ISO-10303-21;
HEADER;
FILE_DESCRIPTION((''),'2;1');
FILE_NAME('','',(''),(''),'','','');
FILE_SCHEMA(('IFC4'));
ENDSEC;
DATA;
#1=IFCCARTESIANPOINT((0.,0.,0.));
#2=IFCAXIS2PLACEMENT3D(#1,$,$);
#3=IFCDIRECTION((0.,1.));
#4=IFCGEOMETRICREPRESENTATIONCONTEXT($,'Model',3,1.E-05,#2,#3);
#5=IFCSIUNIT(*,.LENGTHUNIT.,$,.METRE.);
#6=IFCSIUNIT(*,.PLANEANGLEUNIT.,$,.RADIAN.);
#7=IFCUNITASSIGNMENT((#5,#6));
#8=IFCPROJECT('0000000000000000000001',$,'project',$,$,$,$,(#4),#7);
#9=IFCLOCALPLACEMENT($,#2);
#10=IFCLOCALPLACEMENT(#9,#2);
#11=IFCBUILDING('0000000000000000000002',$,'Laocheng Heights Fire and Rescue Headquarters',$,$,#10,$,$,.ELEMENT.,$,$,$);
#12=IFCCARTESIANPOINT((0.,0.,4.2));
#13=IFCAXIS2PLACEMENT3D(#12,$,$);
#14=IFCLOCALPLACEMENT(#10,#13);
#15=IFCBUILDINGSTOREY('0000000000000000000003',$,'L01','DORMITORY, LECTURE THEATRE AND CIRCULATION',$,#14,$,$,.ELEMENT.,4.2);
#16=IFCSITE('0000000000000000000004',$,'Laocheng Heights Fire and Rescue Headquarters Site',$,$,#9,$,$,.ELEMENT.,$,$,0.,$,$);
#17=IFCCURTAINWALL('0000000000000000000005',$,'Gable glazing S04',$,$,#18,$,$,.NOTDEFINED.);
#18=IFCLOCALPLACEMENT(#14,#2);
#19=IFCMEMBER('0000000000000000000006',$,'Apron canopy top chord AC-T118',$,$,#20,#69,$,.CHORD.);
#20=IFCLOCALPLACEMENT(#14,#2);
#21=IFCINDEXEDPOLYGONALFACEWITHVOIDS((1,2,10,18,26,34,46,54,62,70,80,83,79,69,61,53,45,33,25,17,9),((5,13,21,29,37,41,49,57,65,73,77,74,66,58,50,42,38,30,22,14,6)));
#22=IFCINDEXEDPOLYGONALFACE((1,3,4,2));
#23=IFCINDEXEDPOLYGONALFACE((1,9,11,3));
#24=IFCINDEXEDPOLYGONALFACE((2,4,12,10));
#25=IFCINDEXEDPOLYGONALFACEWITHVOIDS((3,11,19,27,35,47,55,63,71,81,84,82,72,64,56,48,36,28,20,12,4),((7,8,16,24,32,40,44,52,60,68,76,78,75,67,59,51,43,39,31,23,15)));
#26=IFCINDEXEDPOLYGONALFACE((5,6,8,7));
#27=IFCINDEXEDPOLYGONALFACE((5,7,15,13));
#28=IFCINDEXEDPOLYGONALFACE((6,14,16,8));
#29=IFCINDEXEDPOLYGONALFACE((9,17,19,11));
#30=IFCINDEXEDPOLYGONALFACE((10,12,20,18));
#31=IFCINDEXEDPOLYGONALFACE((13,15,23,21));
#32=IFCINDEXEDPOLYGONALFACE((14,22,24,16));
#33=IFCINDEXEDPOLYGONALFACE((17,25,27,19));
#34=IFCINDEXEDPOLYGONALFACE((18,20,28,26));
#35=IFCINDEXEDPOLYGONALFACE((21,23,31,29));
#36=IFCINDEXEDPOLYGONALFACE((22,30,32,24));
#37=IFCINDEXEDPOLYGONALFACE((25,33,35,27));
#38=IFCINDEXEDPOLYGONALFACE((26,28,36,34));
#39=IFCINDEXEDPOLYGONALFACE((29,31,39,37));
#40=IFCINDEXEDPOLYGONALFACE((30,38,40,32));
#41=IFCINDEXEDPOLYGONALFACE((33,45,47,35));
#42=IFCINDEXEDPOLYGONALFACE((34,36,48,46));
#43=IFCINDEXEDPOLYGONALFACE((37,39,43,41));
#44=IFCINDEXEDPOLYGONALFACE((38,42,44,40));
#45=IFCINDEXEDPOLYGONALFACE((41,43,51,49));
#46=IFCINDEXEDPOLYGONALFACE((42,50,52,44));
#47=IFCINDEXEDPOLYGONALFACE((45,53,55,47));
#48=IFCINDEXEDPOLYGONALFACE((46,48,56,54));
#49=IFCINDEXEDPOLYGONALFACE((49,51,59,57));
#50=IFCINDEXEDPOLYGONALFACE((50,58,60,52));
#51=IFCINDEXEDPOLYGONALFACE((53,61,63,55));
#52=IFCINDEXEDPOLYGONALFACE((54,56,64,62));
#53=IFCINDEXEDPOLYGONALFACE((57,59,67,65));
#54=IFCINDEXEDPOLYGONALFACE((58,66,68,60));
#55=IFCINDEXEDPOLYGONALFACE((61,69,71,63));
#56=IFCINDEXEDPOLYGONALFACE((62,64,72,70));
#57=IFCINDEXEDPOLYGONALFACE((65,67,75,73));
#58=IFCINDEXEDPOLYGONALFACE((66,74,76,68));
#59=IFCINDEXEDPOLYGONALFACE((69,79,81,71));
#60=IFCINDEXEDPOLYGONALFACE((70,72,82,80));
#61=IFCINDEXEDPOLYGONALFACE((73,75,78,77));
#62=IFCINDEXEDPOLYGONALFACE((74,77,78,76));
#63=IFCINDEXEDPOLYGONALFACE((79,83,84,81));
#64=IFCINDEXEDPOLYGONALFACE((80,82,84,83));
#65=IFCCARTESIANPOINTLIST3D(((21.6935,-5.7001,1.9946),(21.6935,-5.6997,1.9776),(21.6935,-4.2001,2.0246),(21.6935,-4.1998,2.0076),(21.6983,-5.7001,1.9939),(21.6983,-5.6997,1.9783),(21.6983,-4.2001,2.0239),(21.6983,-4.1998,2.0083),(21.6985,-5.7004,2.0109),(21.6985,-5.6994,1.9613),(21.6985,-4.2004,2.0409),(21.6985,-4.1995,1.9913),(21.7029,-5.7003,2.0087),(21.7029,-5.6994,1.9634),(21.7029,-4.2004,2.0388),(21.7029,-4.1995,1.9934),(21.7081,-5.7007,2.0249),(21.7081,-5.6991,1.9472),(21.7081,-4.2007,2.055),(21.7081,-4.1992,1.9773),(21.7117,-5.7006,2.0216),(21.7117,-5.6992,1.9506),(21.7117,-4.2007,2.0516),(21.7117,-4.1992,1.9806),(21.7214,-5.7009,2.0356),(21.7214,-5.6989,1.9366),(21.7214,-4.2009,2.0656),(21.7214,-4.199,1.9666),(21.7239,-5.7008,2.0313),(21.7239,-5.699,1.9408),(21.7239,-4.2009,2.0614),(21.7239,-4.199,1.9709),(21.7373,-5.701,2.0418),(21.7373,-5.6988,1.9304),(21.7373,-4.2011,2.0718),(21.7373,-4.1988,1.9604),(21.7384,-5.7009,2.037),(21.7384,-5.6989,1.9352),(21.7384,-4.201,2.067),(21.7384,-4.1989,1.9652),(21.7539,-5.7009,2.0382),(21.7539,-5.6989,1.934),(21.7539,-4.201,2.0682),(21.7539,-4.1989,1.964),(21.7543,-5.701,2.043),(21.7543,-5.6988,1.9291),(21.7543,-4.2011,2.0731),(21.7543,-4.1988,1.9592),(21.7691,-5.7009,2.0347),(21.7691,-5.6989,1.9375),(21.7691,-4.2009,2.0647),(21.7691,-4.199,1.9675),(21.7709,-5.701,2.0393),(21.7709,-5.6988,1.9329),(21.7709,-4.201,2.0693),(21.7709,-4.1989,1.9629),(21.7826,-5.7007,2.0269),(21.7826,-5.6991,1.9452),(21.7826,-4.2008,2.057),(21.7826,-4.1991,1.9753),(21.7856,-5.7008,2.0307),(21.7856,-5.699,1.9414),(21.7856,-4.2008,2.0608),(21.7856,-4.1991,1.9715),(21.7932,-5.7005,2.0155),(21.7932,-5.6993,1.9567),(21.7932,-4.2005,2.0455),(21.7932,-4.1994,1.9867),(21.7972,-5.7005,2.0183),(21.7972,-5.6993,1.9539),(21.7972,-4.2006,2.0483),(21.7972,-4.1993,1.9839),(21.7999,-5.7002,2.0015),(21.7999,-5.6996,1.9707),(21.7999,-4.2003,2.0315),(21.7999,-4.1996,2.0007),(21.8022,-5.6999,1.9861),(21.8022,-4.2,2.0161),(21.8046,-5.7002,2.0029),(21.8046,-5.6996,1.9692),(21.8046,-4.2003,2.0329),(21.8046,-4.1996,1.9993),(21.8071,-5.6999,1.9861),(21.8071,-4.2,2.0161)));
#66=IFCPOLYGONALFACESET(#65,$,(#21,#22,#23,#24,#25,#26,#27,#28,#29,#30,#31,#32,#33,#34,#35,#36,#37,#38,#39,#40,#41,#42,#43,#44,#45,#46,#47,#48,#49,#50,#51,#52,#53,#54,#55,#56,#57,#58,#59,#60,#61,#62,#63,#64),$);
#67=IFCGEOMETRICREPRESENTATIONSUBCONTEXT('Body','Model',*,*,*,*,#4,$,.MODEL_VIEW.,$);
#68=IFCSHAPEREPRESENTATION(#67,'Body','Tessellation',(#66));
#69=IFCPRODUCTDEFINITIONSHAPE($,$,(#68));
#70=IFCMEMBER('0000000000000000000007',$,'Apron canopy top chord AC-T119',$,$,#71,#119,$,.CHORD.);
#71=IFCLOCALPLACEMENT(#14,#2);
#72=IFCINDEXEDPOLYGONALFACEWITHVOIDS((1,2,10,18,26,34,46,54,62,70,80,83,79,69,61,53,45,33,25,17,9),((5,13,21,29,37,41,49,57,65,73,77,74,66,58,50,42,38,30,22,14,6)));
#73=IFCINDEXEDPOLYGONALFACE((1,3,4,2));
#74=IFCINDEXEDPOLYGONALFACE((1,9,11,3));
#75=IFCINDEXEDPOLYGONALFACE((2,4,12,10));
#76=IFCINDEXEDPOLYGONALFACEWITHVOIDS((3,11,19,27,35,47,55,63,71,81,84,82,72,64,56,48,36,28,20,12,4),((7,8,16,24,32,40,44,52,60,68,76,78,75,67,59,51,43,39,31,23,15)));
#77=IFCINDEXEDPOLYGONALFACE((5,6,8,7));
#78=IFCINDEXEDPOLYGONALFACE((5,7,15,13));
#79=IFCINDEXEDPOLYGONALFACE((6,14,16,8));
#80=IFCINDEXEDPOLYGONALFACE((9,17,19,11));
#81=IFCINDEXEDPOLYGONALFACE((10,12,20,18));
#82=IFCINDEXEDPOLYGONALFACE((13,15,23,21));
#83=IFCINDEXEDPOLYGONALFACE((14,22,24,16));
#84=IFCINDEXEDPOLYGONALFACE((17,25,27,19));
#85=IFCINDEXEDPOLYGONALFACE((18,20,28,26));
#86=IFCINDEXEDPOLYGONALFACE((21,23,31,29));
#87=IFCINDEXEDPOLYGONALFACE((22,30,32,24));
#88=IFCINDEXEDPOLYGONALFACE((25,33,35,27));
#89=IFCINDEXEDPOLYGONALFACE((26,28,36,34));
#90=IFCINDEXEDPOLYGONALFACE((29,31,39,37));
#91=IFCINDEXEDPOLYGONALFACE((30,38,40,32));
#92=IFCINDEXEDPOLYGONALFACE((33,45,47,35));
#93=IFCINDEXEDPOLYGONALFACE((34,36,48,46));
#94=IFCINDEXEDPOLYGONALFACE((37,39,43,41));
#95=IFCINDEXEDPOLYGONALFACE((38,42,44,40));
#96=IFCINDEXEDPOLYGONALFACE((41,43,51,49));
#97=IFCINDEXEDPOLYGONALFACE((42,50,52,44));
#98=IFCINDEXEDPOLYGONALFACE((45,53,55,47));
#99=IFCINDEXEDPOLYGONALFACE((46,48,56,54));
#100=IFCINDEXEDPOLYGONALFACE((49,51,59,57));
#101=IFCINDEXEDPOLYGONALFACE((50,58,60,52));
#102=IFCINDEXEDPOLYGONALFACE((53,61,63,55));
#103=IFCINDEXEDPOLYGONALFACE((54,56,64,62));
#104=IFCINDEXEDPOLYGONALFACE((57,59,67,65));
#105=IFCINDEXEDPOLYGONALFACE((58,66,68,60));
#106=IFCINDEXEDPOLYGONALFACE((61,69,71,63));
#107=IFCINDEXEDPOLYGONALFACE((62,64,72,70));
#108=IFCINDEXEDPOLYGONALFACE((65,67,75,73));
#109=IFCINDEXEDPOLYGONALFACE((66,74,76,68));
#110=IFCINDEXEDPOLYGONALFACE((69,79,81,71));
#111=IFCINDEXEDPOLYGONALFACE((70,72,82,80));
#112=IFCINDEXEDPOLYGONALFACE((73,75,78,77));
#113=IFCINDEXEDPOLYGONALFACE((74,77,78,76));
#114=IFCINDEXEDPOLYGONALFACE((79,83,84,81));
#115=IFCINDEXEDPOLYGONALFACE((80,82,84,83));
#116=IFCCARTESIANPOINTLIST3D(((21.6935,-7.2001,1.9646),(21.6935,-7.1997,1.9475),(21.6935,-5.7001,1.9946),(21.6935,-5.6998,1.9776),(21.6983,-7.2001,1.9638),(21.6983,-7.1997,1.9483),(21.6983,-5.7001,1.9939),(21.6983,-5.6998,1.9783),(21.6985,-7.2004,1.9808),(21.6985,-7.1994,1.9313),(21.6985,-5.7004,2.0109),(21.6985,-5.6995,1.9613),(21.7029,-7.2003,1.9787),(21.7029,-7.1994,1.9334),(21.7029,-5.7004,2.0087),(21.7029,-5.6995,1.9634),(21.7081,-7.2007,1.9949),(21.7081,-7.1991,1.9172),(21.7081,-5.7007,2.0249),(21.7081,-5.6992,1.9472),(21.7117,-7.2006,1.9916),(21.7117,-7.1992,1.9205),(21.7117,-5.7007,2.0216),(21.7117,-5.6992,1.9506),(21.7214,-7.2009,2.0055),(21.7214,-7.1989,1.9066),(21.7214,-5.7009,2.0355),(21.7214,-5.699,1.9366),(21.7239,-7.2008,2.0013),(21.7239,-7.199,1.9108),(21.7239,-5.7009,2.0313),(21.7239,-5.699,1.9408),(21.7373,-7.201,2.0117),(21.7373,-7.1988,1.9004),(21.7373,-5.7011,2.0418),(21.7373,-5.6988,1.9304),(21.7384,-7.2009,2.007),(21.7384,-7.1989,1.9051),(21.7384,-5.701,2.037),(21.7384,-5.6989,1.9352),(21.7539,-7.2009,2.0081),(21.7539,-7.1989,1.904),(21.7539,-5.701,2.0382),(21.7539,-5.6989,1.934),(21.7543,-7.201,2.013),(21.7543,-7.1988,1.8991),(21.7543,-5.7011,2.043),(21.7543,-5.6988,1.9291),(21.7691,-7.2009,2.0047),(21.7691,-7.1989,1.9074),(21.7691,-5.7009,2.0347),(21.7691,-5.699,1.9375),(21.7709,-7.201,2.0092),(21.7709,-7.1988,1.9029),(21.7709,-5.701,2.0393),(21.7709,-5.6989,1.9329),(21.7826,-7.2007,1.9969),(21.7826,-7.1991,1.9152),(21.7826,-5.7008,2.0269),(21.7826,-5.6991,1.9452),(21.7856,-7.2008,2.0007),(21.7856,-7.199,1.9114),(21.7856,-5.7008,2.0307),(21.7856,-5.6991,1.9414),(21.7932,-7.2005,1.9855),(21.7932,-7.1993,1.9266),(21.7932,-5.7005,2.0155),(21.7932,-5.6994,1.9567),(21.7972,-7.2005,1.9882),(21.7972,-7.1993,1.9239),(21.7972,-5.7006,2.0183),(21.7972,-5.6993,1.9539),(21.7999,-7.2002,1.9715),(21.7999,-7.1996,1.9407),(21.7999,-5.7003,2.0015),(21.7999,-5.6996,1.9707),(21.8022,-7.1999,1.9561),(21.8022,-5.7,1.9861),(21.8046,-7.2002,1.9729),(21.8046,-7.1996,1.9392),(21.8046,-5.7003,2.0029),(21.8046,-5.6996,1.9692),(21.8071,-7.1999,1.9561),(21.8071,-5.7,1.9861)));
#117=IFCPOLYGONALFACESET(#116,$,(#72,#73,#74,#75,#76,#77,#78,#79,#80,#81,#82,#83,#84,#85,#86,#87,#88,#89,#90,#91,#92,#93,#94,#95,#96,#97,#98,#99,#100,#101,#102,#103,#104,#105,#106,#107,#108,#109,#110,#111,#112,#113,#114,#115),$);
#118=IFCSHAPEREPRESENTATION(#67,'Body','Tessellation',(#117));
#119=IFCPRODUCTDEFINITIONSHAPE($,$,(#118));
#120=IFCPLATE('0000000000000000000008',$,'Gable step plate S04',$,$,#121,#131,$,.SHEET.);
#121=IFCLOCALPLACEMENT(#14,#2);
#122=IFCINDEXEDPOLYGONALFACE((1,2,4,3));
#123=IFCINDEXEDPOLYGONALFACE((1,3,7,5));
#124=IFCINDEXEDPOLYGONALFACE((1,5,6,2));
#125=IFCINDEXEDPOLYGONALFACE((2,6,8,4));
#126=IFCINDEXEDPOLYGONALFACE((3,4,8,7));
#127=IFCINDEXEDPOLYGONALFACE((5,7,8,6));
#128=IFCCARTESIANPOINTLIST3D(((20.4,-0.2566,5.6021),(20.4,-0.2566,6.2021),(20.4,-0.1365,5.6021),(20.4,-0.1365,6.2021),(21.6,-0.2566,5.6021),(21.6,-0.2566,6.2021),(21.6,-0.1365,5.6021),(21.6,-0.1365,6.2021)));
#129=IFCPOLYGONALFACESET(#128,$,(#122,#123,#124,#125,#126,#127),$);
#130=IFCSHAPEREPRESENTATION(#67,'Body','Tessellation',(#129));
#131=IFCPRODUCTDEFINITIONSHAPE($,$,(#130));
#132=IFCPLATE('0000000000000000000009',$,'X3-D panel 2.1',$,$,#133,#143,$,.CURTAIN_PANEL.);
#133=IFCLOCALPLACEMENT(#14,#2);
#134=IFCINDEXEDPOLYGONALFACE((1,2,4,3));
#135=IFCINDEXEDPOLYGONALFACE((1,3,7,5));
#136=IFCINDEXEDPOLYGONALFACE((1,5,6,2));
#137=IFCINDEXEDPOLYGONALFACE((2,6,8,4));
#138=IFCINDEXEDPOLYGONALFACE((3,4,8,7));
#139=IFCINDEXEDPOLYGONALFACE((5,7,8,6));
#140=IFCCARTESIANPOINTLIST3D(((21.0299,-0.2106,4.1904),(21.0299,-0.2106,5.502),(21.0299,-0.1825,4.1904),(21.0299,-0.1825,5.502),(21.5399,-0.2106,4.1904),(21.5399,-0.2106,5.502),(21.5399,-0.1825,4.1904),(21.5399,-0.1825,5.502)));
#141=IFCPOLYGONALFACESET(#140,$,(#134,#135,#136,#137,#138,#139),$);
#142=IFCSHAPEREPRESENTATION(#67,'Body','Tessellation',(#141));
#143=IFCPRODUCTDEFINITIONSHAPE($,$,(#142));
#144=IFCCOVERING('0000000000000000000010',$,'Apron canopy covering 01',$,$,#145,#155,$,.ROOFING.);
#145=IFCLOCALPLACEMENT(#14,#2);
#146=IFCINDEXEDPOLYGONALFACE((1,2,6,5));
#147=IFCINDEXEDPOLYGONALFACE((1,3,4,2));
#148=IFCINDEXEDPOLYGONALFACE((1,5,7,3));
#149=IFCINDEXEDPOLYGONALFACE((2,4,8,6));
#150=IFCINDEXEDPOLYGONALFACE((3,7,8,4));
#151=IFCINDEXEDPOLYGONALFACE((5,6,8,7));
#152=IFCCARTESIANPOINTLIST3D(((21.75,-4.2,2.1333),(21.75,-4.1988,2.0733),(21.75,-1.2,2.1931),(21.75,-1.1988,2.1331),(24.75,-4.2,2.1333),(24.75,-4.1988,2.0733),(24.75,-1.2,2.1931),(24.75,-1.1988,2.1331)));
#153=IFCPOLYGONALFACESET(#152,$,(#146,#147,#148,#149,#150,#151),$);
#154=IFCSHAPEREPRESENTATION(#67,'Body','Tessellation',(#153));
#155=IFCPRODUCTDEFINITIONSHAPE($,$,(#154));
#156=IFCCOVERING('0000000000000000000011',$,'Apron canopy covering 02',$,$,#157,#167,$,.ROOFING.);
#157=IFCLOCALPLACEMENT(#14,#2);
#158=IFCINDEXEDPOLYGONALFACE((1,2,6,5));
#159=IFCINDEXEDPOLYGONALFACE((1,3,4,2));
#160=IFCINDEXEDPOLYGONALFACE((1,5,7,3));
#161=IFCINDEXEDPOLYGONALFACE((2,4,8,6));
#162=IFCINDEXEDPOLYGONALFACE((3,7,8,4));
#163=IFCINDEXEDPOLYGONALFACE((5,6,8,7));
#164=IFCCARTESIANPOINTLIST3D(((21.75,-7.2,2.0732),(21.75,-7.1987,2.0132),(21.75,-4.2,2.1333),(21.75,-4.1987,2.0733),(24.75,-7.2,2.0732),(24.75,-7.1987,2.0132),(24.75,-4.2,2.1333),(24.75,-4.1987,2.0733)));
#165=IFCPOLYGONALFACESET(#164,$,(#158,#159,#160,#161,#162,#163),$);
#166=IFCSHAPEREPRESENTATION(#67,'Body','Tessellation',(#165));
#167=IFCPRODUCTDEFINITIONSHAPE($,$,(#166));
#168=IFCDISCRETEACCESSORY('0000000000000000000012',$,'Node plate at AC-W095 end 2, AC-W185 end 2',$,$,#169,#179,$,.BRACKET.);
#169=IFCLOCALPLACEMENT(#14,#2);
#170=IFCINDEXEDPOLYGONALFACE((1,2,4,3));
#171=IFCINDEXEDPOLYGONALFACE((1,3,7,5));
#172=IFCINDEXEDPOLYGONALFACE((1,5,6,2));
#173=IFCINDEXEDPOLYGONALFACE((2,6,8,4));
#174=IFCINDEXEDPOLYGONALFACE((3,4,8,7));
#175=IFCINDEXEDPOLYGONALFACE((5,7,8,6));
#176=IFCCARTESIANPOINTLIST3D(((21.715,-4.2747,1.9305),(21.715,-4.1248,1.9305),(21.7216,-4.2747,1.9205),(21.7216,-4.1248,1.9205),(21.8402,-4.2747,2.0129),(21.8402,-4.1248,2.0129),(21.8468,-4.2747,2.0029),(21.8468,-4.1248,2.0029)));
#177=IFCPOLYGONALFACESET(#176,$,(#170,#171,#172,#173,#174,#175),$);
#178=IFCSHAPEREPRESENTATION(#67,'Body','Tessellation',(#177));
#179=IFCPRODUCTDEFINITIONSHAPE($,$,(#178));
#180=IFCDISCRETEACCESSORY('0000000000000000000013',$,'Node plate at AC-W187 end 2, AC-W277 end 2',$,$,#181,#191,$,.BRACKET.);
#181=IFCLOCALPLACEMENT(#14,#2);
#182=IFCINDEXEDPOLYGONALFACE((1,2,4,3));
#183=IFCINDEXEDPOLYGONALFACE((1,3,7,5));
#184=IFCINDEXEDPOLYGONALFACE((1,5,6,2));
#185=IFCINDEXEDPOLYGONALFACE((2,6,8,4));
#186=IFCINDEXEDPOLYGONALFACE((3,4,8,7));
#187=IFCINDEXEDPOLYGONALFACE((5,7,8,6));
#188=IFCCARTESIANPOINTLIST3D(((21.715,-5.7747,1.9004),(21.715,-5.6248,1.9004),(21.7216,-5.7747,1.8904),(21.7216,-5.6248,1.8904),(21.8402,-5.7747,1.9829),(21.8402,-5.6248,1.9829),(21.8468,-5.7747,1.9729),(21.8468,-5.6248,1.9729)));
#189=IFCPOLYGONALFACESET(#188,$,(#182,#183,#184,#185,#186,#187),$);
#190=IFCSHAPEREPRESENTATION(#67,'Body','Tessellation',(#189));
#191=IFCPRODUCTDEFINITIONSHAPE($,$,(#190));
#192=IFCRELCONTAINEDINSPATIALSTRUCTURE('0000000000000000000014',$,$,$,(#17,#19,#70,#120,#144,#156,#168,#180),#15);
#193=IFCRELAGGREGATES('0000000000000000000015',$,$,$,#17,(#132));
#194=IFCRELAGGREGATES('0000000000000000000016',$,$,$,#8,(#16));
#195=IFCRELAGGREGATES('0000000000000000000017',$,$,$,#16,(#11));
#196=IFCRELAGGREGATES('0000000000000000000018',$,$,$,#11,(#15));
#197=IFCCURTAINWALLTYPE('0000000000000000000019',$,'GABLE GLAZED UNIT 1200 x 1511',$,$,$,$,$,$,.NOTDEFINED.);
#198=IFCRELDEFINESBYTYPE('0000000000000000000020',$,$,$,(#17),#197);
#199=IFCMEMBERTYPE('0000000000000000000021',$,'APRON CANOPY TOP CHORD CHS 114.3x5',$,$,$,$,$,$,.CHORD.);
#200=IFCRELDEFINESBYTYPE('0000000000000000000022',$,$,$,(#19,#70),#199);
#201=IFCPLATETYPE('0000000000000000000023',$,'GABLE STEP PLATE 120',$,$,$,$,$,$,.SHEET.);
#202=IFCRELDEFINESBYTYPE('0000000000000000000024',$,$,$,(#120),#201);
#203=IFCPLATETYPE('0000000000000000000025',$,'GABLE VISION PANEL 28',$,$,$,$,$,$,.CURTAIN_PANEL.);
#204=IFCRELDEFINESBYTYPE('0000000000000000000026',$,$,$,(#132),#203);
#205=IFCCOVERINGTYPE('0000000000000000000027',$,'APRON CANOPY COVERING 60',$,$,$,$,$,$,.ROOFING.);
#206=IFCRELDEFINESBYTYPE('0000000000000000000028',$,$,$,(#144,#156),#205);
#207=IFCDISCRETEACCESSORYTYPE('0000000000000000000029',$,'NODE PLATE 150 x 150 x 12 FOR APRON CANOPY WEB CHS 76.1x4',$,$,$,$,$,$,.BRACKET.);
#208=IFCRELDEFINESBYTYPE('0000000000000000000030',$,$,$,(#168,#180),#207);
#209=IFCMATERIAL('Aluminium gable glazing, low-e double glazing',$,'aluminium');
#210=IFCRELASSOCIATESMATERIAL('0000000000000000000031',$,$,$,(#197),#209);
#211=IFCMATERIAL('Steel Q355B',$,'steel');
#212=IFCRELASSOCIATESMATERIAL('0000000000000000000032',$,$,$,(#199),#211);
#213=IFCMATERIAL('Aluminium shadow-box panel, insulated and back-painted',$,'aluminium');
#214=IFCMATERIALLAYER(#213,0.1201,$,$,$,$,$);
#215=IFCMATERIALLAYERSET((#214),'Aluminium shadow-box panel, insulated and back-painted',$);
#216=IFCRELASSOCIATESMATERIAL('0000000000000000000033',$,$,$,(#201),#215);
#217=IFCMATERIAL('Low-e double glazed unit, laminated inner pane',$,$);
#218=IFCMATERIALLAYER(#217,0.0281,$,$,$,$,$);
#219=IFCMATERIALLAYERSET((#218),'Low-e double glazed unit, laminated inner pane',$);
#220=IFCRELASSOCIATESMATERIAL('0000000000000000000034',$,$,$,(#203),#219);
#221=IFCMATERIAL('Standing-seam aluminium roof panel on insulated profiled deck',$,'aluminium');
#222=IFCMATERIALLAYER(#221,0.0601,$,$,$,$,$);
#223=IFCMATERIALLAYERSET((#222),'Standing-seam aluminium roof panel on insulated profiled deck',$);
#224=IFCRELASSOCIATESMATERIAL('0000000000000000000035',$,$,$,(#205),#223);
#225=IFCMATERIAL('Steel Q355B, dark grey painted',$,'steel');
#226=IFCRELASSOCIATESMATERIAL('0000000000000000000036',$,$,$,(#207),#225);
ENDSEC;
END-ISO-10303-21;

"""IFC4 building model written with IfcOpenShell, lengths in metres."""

from ifc_helpers import new_model, si_unit, direction, frame, origin, origin_2d, place, context, subcontext, project, spatial, polyline, rectangle, hollow_circle, outline, extrude, material, layer, layer_set, material_profile, profile_set, type_object, element, aggregate, save


model = new_model("IFC4")

# Units and contexts
model_context = context("Model", 3, precision=1e-05, world=origin(), true_north=direction((0.0, 1.0)))
body_context = subcontext(model_context, "Body", "Model", "MODEL_VIEW")
ifc_project = project(units=[si_unit("LENGTHUNIT", "METRE"), si_unit("PLANEANGLEUNIT", "RADIAN")], contexts=[model_context])

# Site, building, storey
site_placement = place(None, origin())
site = spatial("IfcSite", under=ifc_project, at=site_placement, Name="Laocheng Heights Fire and Rescue Headquarters Site", CompositionType="ELEMENT", RefElevation=0.0)
building_placement = place(site_placement, origin())
building = spatial("IfcBuilding", under=site, at=building_placement, Name="Laocheng Heights Fire and Rescue Headquarters", CompositionType="ELEMENT")
storey_placement = place(building_placement, frame((0.0, 0.0, 4.2)))
storey = spatial("IfcBuildingStorey", under=building, at=storey_placement, Name="L01", Description="DORMITORY, LECTURE THEATRE AND CIRCULATION", CompositionType="ELEMENT", Elevation=4.2)

# Curtain wall
ifc_material_1 = material(Name="Aluminium gable glazing, low-e double glazing", Category="aluminium")
curtain_wall_type_1 = type_object("IfcCurtainWallType", Name="GABLE GLAZED UNIT 1200 x 1511", PredefinedType="NOTDEFINED", material=ifc_material_1)
curtain_wall_1_placement = place(storey_placement, origin())
curtain_wall_1 = element("IfcCurtainWall", 1, at=curtain_wall_1_placement, inside=storey, type_object=curtain_wall_type_1, Name="Gable glazing S04", PredefinedType="NOTDEFINED")

# Members
ifc_material_2 = material(Name="Steel Q355B", Category="steel")
ifc_material_profile_1 = material_profile(ifc_material_2, hollow_circle(Radius=0.0571, WallThickness=0.0049, at=origin_2d()), Name="CHS 114.3x5")
ifc_profile_set_1 = profile_set([ifc_material_profile_1], Name="Steel Q355B")
member_type_1 = type_object("IfcMemberType", Name="APRON CANOPY TOP CHORD CHS 114.3x5", PredefinedType="CHORD", material=ifc_profile_set_1)
for number, where, z_axis, x_axis, name in (
    (2, (21.75, -4.2, 2.0161), (0.0, -0.9998, -0.020016), (1.0, 0.0, 0.0), "Apron canopy top chord AC-T118"),
    (3, (21.75, -5.7, 1.9861), (0.0, -0.9998, -0.020016), (1.0, 0.0, 0.0), "Apron canopy top chord AC-T119"),
):
    element("IfcMember", number, at=place(storey_placement, frame(where, z_axis=z_axis, x_axis=x_axis)), inside=storey, type_object=member_type_1, Name=name, PredefinedType="CHORD", context=body_context, shape_type="SweptSolid", body=[
        extrude(hollow_circle(Radius=0.0571, WallThickness=0.0049, at=origin_2d()), origin(), (0.0, 0.0, 1.0), 1.5002),
    ])

# Plates
ifc_material_3 = material(Name="Aluminium shadow-box panel, insulated and back-painted", Category="aluminium")
ifc_layer_1 = layer(ifc_material_3, 0.1201)
ifc_layer_set_1 = layer_set([ifc_layer_1], Name="Aluminium shadow-box panel, insulated and back-painted")
plate_type_1 = type_object("IfcPlateType", Name="GABLE STEP PLATE 120", PredefinedType="SHEET", material=ifc_layer_set_1)
plate_1_placement = place(storey_placement, frame((21.0, -0.1965, 5.6021), z_axis=(0.0, 0.0, 1.0), x_axis=(1.0, 0.0, 0.0)))
element("IfcPlate", 4, at=plate_1_placement, inside=storey, type_object=plate_type_1, Name="Gable step plate S04", PredefinedType="SHEET", context=body_context, shape_type="SweptSolid", body=[
    extrude(rectangle(XDim=1.2, YDim=0.1201, at=origin_2d()), origin(), (0.0, 0.0, 1.0), 0.6001),
])
ifc_material_4 = material(Name="Low-e double glazed unit, laminated inner pane")
ifc_layer_2 = layer(ifc_material_4, 0.0281)
ifc_layer_set_2 = layer_set([ifc_layer_2], Name="Low-e double glazed unit, laminated inner pane")
plate_type_2 = type_object("IfcPlateType", Name="GABLE VISION PANEL 28", PredefinedType="CURTAIN_PANEL", material=ifc_layer_set_2)
plate_2_placement = place(storey_placement, frame((21.2849, -0.1965, 4.1904), z_axis=(0.0, 0.0, 1.0), x_axis=(1.0, 0.0, 0.0)))
plate_2 = element("IfcPlate", 5, at=plate_2_placement, type_object=plate_type_2, Name="X3-D panel 2.1", PredefinedType="CURTAIN_PANEL", context=body_context, shape_type="SweptSolid", body=[
    extrude(rectangle(XDim=0.51, YDim=0.0281, at=origin_2d()), origin(), (0.0, 0.0, 1.0), 1.3115),
])
aggregate(curtain_wall_1, [plate_2])

# Coverings
ifc_material_5 = material(Name="Standing-seam aluminium roof panel on insulated profiled deck", Category="aluminium")
ifc_layer_3 = layer(ifc_material_5, 0.0601)
ifc_layer_set_3 = layer_set([ifc_layer_3], Name="Standing-seam aluminium roof panel on insulated profiled deck")
covering_type = type_object("IfcCoveringType", Name="APRON CANOPY COVERING 60", PredefinedType="ROOFING", material=ifc_layer_set_3)
covering_1_placement = place(storey_placement, frame((21.75, -1.2, 2.1931), z_axis=(0.0, -0.019934, 0.999801), x_axis=(1.0, 0.0, 0.0)))
element("IfcCovering", 6, at=covering_1_placement, inside=storey, type_object=covering_type, Name="Apron canopy covering 01", PredefinedType="ROOFING", context=body_context, shape_type="SweptSolid", body=[
    extrude(outline(polyline([(0.0, 0.0), (3.0, 0.0), (3.0, -3.0006), (0.0, -3.0006), (0.0, 0.0)])), origin(), (0.0, 0.0, -1.0), 0.0601),
])
covering_2_placement = place(storey_placement, frame((21.75, -4.2, 2.1333), z_axis=(0.0, -0.020016, 0.9998), x_axis=(1.0, 0.0, 0.0)))
element("IfcCovering", 7, at=covering_2_placement, inside=storey, type_object=covering_type, Name="Apron canopy covering 02", PredefinedType="ROOFING", context=body_context, shape_type="SweptSolid", body=[
    extrude(outline(polyline([(0.0, 0.0), (3.0, 0.0), (3.0, -3.0006), (0.0, -3.0006), (0.0, 0.0)])), origin(), (0.0, 0.0, -1.0), 0.0601),
])

# Discrete accessories
ifc_material_6 = material(Name="Steel Q355B, dark grey painted", Category="steel")
ifc_material_profile_2 = material_profile(ifc_material_6, rectangle(XDim=0.1499, YDim=0.1499, at=origin_2d()), Name="NODE PLATE 150 x 150 x 12 FOR APRON CANOPY WEB CHS 76.1x4")
ifc_profile_set_2 = profile_set([ifc_material_profile_2], Name="Steel Q355B, dark grey painted")
discrete_accessory_type = type_object("IfcDiscreteAccessoryType", Name="NODE PLATE 150 x 150 x 12 FOR APRON CANOPY WEB CHS 76.1x4", PredefinedType="BRACKET", material=ifc_profile_set_2)
for number, where, z_axis, x_axis, name in (
    (8, (21.7776, -4.1997, 1.9717), (0.549991, 0.0, -0.835171), (0.0, 1.0, 0.0), "Node plate at AC-W095 end 2, AC-W185 end 2"),
    (9, (21.7776, -5.6997, 1.9417), (0.549991, 0.0, -0.835171), (0.0, 1.0, 0.0), "Node plate at AC-W187 end 2, AC-W277 end 2"),
):
    element("IfcDiscreteAccessory", number, at=place(storey_placement, frame(where, z_axis=z_axis, x_axis=x_axis)), inside=storey, type_object=discrete_accessory_type, Name=name, PredefinedType="BRACKET", context=body_context, shape_type="SweptSolid", body=[
        extrude(rectangle(XDim=0.1499, YDim=0.1499, at=origin_2d()), origin(), (0.0, 0.0, 1.0), 0.012),
    ])

save(model, "model.ifc")
